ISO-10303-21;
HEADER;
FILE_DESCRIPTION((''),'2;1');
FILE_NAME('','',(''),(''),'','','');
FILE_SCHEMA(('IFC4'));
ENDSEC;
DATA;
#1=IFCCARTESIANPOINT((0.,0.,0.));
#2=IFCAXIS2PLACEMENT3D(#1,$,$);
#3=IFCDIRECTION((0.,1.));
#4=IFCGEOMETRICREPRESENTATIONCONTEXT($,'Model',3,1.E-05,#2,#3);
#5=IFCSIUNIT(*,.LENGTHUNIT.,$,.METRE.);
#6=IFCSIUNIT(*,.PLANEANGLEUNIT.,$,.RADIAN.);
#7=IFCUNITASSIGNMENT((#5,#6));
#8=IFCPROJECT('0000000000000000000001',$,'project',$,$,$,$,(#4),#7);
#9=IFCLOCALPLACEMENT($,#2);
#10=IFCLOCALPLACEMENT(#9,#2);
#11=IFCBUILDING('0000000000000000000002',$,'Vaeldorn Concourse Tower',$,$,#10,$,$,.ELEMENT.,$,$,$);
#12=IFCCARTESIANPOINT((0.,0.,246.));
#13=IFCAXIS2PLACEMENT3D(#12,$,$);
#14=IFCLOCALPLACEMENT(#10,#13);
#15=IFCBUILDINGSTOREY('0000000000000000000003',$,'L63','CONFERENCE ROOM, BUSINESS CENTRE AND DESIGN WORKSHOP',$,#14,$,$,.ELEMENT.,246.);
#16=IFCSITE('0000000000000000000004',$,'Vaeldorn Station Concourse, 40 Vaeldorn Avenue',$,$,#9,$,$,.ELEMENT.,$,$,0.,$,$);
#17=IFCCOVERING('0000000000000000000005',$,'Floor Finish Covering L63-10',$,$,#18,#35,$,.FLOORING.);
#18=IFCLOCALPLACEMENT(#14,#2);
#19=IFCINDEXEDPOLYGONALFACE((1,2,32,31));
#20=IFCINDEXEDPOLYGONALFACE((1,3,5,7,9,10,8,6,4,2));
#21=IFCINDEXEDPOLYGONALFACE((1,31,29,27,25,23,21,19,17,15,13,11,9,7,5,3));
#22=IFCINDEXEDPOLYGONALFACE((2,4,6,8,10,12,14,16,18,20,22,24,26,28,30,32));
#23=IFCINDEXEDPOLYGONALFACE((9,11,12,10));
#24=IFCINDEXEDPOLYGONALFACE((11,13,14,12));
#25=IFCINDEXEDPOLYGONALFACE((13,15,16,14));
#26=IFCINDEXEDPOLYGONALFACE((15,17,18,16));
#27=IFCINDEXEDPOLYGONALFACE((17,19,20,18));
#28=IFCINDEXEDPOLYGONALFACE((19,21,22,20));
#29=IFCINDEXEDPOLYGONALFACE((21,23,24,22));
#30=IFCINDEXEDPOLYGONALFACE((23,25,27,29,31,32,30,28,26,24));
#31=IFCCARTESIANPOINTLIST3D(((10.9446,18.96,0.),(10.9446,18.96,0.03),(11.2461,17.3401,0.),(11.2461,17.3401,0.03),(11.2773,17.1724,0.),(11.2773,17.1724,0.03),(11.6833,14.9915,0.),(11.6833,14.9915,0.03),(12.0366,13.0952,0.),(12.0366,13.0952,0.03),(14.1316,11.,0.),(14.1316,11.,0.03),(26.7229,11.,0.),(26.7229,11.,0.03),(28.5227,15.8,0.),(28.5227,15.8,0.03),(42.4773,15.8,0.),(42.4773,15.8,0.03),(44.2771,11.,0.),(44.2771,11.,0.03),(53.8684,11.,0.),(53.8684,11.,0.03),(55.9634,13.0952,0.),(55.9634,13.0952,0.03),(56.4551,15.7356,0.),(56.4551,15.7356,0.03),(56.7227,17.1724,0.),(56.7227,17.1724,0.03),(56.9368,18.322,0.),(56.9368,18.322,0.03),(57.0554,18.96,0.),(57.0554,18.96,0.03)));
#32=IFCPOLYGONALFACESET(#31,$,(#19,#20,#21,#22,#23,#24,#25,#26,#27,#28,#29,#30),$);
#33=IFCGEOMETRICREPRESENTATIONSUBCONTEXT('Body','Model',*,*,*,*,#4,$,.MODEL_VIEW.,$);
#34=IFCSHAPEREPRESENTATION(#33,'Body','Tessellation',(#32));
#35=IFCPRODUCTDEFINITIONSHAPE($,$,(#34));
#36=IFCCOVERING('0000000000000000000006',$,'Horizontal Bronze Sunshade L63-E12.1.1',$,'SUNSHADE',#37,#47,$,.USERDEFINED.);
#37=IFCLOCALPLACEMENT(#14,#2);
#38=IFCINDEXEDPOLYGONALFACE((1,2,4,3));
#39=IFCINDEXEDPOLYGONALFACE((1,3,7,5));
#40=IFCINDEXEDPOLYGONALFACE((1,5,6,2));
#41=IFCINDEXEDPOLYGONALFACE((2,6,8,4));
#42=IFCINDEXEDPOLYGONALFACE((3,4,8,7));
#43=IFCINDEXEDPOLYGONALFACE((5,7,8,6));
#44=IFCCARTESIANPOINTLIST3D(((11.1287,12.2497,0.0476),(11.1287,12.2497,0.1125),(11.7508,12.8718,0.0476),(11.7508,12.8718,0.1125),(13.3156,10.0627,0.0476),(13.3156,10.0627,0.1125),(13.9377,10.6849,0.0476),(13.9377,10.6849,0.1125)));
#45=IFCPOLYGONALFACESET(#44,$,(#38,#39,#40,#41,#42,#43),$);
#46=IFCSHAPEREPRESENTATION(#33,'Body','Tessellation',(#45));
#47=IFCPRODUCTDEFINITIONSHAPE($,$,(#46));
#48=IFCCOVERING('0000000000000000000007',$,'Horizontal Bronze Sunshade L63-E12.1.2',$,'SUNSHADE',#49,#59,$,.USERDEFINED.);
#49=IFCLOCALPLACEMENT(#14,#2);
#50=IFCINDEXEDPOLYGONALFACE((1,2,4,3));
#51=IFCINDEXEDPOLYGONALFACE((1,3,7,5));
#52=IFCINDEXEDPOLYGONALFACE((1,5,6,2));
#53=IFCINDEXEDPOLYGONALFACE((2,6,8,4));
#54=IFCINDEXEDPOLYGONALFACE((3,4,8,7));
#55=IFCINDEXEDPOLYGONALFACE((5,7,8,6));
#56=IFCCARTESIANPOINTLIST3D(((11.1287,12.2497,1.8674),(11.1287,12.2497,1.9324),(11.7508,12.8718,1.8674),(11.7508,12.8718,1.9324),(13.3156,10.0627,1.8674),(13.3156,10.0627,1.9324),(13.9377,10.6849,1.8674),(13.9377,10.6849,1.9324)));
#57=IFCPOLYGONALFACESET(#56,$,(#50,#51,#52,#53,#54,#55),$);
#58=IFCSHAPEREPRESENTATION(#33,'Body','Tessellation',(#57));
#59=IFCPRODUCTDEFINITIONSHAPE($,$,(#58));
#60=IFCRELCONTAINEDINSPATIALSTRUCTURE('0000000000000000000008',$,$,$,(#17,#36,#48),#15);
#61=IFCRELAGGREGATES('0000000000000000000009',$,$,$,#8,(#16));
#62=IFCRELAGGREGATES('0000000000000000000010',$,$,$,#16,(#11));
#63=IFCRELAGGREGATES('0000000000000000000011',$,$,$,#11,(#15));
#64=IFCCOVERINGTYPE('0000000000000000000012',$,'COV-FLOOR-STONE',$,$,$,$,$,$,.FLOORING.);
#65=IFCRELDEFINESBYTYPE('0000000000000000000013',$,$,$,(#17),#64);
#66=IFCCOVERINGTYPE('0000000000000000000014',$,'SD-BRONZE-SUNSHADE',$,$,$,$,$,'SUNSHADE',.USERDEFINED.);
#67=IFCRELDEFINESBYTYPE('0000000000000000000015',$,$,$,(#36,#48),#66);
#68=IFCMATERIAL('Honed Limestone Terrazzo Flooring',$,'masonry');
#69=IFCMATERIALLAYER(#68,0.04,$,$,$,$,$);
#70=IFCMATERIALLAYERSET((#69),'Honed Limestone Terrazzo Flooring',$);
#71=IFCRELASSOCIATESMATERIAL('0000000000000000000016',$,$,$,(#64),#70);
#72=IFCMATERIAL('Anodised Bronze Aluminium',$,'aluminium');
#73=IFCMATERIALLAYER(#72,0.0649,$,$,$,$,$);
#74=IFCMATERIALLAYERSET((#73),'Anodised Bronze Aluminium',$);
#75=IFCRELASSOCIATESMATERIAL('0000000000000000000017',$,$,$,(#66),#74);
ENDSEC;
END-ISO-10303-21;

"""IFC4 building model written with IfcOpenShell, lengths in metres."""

from ifc_helpers import new_model, si_unit, direction, frame, origin, origin_2d, place, context, subcontext, project, spatial, polyline, rectangle, outline, extrude, source, transform, mapped, material, layer, layer_set, type_object, element, save


model = new_model("IFC4")

# Units and contexts
model_context = context("Model", 3, precision=1e-05, world=origin(), true_north=direction((0.0, 1.0)))
body_context = subcontext(model_context, "Body", "Model", "MODEL_VIEW")
ifc_project = project(units=[si_unit("LENGTHUNIT", "METRE"), si_unit("PLANEANGLEUNIT", "RADIAN")], contexts=[model_context])

# Site, building, storey
site_placement = place(None, origin())
site = spatial("IfcSite", under=ifc_project, at=site_placement, Name="Vaeldorn Station Concourse, 40 Vaeldorn Avenue", CompositionType="ELEMENT", RefElevation=0.0)
building_placement = place(site_placement, origin())
building = spatial("IfcBuilding", under=site, at=building_placement, Name="Vaeldorn Concourse Tower", CompositionType="ELEMENT")
storey_placement = place(building_placement, frame((0.0, 0.0, 246.0)))
storey = spatial("IfcBuildingStorey", under=building, at=storey_placement, Name="L63", Description="CONFERENCE ROOM, BUSINESS CENTRE AND DESIGN WORKSHOP", CompositionType="ELEMENT", Elevation=246.0)

# Coverings
ifc_material_1 = material(Name="Anodised Bronze Aluminium", Category="aluminium")
ifc_material_2 = material(Name="Honed Limestone Terrazzo Flooring", Category="masonry")
ifc_layer_1 = layer(ifc_material_2, 0.04)
ifc_layer_set_1 = layer_set([ifc_layer_1], Name="Honed Limestone Terrazzo Flooring")
covering_type_1 = type_object("IfcCoveringType", Name="COV-FLOOR-STONE", PredefinedType="FLOORING", material=ifc_layer_set_1)
covering_1_placement = place(storey_placement, origin())
element("IfcCovering", 1, at=covering_1_placement, inside=storey, type_object=covering_type_1, Name="Floor Finish Covering L63-10", PredefinedType="FLOORING", context=body_context, shape_type="SweptSolid", body=[
    extrude(outline(polyline([(57.0554, 18.96), (56.9368, 18.322), (56.7227, 17.1724), (56.4551, 15.7356), (56.4551, 15.7356), (55.9634, 13.0952), (53.8684, 11.0), (44.2771, 11.0), (42.4773, 15.8), (28.5227, 15.8), (26.7229, 11.0), (14.1316, 11.0), (12.0366, 13.0952), (11.6833, 14.9915), (11.2773, 17.1724), (11.2461, 17.3401), (11.2461, 17.3401), (10.9446, 18.96), (57.0554, 18.96)])), origin(), (0.0, 0.0, 1.0), 0.03),
])
ifc_layer_2 = layer(ifc_material_1, 0.0649)
ifc_layer_set_2 = layer_set([ifc_layer_2], Name="Anodised Bronze Aluminium")
covering_type_2 = type_object("IfcCoveringType", Name="SD-BRONZE-SUNSHADE", ElementType="SUNSHADE", PredefinedType="USERDEFINED", material=ifc_layer_set_2)
shared_shape = source(origin(), body_context, "Body", "SweptSolid", [
    extrude(rectangle(XDim=3.0928, YDim=0.8799, at=origin_2d()), origin(), (0.0, 0.0, 1.0), 0.0649),
])
for number, where, z_axis, x_axis, name in (
    (2, (12.5332, 11.4673, 0.0476), (0.0, 0.0, 1.0), (0.707107, -0.707107, 0.0), "Horizontal Bronze Sunshade L63-E12.1.1"),
    (3, (12.5332, 11.4673, 1.8674), (0.0, 0.0, 1.0), (0.707107, -0.707107, 0.0), "Horizontal Bronze Sunshade L63-E12.1.2"),
):
    element("IfcCovering", number, at=place(storey_placement, frame(where, z_axis=z_axis, x_axis=x_axis)), inside=storey, type_object=covering_type_2, Name=name, ObjectType="SUNSHADE", PredefinedType="USERDEFINED", context=body_context, shape_type="MappedRepresentation", body=[
        mapped(shared_shape, transform((0.0, 0.0, 0.0), scale=1.0)),
    ])

save(model, "model.ifc")
